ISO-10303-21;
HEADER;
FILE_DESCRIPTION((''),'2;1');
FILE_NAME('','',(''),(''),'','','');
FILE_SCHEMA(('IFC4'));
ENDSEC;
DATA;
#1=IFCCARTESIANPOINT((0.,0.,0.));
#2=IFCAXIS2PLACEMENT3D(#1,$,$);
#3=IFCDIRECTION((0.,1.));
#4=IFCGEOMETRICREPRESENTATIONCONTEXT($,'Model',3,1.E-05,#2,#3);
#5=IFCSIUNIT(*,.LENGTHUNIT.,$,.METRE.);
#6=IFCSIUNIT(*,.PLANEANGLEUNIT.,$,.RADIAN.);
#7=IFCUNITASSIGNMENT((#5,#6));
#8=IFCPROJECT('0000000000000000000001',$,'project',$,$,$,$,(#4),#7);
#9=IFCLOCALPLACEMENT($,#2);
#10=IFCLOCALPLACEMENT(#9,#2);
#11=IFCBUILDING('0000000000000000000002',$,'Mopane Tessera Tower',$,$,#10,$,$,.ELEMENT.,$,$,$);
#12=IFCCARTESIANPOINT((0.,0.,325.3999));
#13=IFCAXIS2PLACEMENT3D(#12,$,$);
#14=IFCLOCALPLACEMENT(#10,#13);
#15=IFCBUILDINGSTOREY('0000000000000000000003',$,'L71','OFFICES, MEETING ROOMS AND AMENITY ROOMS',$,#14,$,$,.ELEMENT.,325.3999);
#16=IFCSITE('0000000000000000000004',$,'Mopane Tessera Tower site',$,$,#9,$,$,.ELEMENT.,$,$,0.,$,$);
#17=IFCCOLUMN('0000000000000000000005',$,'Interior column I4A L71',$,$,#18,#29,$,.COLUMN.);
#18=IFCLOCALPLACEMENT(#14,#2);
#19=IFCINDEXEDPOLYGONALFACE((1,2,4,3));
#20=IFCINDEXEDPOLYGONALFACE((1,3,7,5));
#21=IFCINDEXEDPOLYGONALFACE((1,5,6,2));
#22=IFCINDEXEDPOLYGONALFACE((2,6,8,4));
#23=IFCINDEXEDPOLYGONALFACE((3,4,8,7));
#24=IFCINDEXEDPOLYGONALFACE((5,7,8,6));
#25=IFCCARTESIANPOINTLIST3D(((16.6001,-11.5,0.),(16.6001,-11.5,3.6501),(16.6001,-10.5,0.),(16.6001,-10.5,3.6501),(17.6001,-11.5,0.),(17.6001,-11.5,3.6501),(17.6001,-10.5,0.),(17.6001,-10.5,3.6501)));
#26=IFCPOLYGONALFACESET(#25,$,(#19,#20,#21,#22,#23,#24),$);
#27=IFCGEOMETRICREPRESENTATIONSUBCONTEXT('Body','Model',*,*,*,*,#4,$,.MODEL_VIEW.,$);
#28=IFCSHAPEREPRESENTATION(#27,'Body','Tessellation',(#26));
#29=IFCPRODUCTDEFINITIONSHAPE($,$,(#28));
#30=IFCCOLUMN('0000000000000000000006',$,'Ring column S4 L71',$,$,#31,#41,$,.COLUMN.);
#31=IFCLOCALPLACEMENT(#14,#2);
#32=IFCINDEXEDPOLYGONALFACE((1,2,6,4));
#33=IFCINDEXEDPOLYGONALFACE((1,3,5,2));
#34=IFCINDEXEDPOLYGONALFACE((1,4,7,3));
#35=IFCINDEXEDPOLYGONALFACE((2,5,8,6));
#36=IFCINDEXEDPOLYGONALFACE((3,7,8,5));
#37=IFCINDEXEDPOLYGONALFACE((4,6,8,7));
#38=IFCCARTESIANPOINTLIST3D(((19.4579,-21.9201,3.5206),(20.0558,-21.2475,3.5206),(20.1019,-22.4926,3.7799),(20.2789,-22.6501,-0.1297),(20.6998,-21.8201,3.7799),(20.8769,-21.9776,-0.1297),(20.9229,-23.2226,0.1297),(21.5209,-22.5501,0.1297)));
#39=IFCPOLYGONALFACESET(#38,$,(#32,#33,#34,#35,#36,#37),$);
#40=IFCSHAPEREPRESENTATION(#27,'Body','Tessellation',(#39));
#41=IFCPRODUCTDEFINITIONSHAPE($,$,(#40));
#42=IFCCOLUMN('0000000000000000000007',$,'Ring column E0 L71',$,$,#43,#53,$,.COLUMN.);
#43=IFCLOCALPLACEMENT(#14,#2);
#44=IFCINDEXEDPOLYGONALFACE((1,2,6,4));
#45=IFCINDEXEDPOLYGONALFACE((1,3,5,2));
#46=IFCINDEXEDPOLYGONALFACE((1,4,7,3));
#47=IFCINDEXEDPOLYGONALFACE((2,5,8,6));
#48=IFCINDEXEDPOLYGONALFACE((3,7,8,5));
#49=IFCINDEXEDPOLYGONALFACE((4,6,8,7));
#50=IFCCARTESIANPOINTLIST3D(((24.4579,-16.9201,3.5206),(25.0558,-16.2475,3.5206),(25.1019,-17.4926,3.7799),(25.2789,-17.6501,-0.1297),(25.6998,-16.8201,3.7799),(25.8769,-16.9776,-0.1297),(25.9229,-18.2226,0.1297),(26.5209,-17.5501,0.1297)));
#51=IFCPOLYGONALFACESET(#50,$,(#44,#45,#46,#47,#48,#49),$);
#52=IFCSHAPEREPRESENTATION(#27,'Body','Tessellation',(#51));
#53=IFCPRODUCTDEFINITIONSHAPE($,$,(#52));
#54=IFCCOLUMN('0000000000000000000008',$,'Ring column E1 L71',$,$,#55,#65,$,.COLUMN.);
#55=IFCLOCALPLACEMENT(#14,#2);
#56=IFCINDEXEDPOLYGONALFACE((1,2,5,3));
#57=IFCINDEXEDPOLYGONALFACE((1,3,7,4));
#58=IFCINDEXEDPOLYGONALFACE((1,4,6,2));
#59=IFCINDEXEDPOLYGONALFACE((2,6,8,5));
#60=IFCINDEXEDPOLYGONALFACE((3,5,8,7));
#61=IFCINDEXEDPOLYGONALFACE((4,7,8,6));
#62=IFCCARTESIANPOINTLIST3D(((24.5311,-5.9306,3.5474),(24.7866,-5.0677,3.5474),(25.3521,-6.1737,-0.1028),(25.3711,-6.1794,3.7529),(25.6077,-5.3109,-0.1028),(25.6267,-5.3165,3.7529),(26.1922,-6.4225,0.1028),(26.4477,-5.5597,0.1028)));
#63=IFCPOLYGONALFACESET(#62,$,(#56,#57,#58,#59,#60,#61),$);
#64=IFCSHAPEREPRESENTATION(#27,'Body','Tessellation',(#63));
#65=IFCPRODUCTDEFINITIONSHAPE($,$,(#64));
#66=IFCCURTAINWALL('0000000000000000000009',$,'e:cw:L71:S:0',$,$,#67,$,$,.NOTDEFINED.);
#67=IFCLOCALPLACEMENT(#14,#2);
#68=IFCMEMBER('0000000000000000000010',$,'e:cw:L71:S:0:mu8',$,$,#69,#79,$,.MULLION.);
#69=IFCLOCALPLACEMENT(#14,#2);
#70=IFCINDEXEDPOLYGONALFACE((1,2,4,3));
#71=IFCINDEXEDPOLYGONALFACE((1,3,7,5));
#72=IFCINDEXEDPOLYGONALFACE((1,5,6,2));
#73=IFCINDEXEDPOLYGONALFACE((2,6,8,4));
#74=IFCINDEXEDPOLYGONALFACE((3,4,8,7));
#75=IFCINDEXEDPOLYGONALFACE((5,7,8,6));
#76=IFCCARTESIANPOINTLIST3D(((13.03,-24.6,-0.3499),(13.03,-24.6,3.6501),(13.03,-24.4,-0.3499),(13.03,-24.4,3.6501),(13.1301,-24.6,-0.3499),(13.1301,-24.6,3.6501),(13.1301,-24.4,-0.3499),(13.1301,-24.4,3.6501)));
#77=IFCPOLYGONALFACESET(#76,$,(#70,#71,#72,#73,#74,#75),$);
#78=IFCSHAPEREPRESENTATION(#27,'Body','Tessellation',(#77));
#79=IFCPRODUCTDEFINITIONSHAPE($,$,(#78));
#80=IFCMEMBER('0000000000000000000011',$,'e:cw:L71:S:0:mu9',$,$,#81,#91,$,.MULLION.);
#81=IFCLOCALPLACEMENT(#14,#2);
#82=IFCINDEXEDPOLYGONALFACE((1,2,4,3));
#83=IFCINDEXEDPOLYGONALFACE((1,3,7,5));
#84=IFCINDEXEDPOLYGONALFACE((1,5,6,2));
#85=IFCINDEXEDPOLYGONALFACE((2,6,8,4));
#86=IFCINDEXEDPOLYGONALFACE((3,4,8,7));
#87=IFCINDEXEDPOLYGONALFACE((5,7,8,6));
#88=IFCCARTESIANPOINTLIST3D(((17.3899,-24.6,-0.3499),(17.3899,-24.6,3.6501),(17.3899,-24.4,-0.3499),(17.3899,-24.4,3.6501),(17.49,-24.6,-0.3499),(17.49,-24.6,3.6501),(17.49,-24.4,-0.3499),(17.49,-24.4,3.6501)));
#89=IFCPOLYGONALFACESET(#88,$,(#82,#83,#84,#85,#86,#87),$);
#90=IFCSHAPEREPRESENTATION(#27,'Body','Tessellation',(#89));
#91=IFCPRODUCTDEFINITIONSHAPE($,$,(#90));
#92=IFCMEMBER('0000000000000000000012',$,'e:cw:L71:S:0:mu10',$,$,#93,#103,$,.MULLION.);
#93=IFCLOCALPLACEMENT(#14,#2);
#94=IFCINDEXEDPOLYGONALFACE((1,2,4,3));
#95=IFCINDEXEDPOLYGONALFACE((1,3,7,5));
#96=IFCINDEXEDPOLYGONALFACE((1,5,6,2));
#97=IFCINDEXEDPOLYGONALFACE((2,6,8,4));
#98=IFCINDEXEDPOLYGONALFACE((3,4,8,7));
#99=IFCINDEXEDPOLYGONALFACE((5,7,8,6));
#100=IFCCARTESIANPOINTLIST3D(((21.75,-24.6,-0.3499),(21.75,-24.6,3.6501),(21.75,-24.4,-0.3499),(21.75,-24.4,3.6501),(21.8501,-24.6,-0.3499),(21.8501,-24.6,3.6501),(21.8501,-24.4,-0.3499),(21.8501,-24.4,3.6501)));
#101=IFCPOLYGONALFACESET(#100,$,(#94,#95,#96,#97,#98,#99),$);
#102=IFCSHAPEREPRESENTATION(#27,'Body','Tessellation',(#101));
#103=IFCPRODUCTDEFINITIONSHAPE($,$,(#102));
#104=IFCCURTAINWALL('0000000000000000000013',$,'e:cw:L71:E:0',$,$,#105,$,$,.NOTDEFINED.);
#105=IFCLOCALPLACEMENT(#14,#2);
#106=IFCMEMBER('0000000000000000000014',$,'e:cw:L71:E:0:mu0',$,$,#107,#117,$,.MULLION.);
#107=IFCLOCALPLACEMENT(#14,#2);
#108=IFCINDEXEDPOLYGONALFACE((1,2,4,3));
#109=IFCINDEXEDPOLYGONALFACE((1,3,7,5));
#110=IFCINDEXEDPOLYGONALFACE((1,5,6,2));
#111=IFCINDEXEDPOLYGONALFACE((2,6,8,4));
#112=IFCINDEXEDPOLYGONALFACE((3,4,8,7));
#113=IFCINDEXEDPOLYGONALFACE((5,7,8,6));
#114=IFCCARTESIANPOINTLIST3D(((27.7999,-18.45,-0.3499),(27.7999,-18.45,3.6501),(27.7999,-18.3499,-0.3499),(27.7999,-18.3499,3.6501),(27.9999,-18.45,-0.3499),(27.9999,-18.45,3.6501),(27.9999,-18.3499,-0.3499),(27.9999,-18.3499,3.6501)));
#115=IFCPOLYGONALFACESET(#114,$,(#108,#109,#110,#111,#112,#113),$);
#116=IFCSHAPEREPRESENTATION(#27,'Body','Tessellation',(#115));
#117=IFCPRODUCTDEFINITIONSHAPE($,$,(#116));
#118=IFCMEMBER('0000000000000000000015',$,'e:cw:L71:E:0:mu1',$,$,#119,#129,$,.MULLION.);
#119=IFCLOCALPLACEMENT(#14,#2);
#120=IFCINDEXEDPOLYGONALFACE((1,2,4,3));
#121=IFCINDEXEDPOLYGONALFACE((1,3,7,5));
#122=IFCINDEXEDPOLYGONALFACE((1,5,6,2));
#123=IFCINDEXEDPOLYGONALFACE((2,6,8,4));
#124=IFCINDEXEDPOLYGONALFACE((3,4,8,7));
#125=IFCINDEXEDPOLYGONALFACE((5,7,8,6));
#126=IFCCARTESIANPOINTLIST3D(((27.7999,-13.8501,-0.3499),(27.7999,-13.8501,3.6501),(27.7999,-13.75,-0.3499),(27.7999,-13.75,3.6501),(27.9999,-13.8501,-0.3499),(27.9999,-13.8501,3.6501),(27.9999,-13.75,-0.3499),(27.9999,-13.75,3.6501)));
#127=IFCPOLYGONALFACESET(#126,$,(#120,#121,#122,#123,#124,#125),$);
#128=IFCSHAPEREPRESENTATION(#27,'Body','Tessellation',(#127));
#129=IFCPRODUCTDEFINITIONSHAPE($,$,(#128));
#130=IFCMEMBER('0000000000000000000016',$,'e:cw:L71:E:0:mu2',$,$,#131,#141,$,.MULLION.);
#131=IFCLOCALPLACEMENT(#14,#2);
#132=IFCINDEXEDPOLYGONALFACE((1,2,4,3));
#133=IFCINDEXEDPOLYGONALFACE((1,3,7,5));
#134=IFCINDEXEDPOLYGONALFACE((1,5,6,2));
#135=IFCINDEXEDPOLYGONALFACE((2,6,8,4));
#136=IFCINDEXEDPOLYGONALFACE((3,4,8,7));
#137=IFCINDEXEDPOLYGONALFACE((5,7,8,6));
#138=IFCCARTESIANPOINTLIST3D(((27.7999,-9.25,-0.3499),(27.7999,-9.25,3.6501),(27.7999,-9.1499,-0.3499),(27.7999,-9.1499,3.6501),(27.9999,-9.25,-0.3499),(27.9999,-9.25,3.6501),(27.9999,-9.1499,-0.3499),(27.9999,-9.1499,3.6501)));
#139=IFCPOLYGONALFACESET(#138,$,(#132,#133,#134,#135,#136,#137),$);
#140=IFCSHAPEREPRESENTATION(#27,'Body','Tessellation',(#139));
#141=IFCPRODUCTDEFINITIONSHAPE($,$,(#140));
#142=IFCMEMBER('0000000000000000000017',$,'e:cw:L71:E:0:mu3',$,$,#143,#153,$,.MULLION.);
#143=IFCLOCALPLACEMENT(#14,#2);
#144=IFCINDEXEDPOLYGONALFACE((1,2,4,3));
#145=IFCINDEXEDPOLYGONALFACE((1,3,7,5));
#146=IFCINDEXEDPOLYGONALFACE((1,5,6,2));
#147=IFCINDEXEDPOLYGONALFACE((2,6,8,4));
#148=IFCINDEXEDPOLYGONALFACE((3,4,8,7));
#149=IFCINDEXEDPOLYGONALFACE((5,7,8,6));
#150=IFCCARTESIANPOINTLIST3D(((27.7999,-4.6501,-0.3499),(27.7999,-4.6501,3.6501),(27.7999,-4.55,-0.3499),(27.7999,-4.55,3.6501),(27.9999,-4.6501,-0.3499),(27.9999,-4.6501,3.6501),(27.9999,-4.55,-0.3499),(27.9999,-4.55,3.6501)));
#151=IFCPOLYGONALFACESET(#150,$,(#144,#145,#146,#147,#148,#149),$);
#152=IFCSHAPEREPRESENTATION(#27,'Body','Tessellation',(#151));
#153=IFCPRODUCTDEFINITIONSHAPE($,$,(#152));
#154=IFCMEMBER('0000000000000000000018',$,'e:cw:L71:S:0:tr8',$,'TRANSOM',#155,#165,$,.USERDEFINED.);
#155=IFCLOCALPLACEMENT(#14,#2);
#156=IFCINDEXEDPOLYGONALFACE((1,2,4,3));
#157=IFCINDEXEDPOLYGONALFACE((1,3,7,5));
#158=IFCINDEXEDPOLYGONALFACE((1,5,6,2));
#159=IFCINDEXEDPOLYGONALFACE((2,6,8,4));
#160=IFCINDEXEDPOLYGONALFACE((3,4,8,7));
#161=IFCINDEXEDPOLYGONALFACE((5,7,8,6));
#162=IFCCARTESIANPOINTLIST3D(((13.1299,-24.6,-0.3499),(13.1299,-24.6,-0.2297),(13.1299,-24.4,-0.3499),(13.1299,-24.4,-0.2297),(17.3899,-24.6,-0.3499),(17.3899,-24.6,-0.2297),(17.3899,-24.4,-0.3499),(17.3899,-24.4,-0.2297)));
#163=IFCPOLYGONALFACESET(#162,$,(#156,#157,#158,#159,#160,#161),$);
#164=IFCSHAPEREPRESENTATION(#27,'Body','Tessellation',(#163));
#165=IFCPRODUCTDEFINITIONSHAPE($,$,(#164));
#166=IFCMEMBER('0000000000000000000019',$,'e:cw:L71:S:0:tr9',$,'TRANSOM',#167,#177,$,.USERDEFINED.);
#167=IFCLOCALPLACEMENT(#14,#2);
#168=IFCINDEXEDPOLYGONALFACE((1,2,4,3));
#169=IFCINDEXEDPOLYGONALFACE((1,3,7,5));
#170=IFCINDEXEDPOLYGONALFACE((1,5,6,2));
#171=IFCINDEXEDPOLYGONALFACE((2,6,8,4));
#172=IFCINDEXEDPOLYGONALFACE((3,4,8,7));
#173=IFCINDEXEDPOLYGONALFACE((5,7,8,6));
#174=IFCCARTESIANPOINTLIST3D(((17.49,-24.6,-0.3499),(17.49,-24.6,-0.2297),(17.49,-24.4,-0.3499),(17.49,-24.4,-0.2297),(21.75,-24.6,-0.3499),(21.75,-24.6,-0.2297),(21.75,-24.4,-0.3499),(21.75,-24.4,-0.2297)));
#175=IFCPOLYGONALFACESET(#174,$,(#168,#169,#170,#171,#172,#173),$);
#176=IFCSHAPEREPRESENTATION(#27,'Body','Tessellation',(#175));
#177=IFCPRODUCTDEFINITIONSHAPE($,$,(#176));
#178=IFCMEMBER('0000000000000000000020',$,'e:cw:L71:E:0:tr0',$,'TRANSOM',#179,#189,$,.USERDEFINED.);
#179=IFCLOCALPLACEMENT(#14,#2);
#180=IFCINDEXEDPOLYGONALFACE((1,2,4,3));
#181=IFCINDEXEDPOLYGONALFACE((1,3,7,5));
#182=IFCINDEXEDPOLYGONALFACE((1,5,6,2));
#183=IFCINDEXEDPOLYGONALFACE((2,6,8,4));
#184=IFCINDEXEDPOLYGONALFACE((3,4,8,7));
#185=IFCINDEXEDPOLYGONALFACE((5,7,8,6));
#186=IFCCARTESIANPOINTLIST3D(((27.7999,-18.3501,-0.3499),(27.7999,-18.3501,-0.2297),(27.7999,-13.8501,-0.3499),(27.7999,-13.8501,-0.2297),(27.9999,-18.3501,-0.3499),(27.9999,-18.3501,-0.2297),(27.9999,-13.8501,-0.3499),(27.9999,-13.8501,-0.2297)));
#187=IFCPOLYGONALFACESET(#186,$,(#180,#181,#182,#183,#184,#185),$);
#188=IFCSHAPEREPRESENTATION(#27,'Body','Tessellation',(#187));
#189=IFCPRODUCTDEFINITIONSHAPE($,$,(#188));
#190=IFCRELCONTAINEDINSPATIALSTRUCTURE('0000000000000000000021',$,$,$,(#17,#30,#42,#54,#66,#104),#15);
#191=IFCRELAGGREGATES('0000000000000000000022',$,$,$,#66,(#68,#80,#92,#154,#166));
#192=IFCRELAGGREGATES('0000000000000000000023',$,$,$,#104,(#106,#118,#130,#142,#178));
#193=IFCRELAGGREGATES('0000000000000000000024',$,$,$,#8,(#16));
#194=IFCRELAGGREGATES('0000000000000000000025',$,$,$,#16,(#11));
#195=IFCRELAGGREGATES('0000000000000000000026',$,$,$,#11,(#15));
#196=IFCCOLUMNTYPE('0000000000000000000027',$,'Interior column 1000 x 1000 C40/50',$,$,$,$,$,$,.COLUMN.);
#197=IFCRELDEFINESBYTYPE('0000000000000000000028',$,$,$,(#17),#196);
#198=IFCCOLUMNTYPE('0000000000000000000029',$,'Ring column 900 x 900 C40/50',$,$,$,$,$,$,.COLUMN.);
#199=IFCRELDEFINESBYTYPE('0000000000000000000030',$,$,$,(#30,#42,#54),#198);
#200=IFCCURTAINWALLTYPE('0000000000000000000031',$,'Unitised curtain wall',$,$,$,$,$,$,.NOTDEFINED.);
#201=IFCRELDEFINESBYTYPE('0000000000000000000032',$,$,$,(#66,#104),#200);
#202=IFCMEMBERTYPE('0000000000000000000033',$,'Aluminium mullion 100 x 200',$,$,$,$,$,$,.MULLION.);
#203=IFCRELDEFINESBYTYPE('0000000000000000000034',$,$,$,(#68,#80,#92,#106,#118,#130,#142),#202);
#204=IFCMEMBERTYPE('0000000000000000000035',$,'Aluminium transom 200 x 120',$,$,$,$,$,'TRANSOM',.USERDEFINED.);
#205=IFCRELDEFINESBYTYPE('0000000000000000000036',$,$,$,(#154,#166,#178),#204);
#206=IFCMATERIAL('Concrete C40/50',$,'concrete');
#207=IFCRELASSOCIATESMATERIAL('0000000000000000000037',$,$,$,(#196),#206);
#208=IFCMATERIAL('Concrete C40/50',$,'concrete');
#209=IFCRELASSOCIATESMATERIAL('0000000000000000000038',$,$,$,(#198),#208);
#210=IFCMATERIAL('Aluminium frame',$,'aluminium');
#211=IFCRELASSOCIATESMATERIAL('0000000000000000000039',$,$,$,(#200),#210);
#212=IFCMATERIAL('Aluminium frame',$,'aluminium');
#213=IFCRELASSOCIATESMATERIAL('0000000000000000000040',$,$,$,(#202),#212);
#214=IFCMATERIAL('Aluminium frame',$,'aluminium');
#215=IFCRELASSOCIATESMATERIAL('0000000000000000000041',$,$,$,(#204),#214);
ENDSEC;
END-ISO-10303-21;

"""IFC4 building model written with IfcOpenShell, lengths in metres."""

from ifc_helpers import new_model, si_unit, direction, frame, origin, origin_2d, place, context, subcontext, project, spatial, rectangle, extrude, material, material_profile, profile_set, type_object, element, aggregate, save


model = new_model("IFC4")

# Units and contexts
model_context = context("Model", 3, precision=1e-05, world=origin(), true_north=direction((0.0, 1.0)))
body_context = subcontext(model_context, "Body", "Model", "MODEL_VIEW")
ifc_project = project(units=[si_unit("LENGTHUNIT", "METRE"), si_unit("PLANEANGLEUNIT", "RADIAN")], contexts=[model_context])

# Site, building, storey
site_placement = place(None, origin())
site = spatial("IfcSite", under=ifc_project, at=site_placement, Name="Mopane Tessera Tower site", CompositionType="ELEMENT", RefElevation=0.0)
building_placement = place(site_placement, origin())
building = spatial("IfcBuilding", under=site, at=building_placement, Name="Mopane Tessera Tower", CompositionType="ELEMENT")
storey_placement = place(building_placement, frame((0.0, 0.0, 325.3999)))
storey = spatial("IfcBuildingStorey", under=building, at=storey_placement, Name="L71", Description="OFFICES, MEETING ROOMS AND AMENITY ROOMS", CompositionType="ELEMENT", Elevation=325.3999)

# Columns
ifc_material_1 = material(Name="Concrete C40/50", Category="concrete")
ifc_material_profile_1 = material_profile(ifc_material_1, rectangle(XDim=1.0, YDim=1.0, at=origin_2d()))
ifc_profile_set_1 = profile_set([ifc_material_profile_1], Name="Concrete C40/50")
column_type_1 = type_object("IfcColumnType", Name="Interior column 1000 x 1000 C40/50", PredefinedType="COLUMN", material=ifc_profile_set_1)
column_1_placement = place(storey_placement, frame((17.1001, -11.0, 0.0), z_axis=(0.0, 0.0, 1.0), x_axis=(1.0, 0.0, 0.0)))
element("IfcColumn", 1, at=column_1_placement, inside=storey, type_object=column_type_1, Name="Interior column I4A L71", PredefinedType="COLUMN", context=body_context, shape_type="SweptSolid", body=[
    extrude(rectangle(XDim=1.0, YDim=1.0, at=origin_2d()), origin(), (0.0, 0.0, 1.0), 3.6501),
])
ifc_material_2 = material(Name="Concrete C40/50", Category="concrete")
ifc_material_profile_2 = material_profile(ifc_material_2, rectangle(XDim=0.8999, YDim=0.8999, at=origin_2d()))
ifc_profile_set_2 = profile_set([ifc_material_profile_2], Name="Concrete C40/50")
column_type_2 = type_object("IfcColumnType", Name="Ring column 900 x 900 C40/50", PredefinedType="COLUMN", material=ifc_profile_set_2)
for number, where, z_axis, x_axis, name in (
    (2, (20.8999, -22.6001, 0.0), (-0.21539, 0.191501, 0.957567), (-0.664447, -0.747336, 0.0), "Ring column S4 L71"),
    (3, (25.8999, -17.6001, 0.0), (-0.21539, 0.191501, 0.957567), (-0.664447, -0.747336, 0.0), "Ring column E0 L71"),
):
    element("IfcColumn", number, at=place(storey_placement, frame(where, z_axis=z_axis, x_axis=x_axis)), inside=storey, type_object=column_type_2, Name=name, PredefinedType="COLUMN", context=body_context, shape_type="SweptSolid", body=[
        extrude(rectangle(XDim=0.8999, YDim=0.8999, at=origin_2d()), origin(), (0.0, 0.0, 1.0), 3.812),
    ])
column_2_placement = place(storey_placement, frame((25.8999, -5.8667, 0.0), z_axis=(-0.21899, 0.064857, 0.973569), x_axis=(-0.283972, -0.958833, 0.0)))
element("IfcColumn", 4, at=column_2_placement, inside=storey, type_object=column_type_2, Name="Ring column E1 L71", PredefinedType="COLUMN", context=body_context, shape_type="SweptSolid", body=[
    extrude(rectangle(XDim=0.8999, YDim=0.8999, at=origin_2d()), origin(), (0.0, 0.0, 1.0), 3.7493),
])

# Curtain walls, members
ifc_material_3 = material(Name="Aluminium frame", Category="aluminium")
curtain_wall_type = type_object("IfcCurtainWallType", Name="Unitised curtain wall", PredefinedType="NOTDEFINED", material=ifc_material_3)
curtain_wall_1_placement = place(storey_placement, origin())
curtain_wall_1 = element("IfcCurtainWall", 5, at=curtain_wall_1_placement, inside=storey, type_object=curtain_wall_type, Name="e:cw:L71:S:0", PredefinedType="NOTDEFINED")
ifc_material_4 = material(Name="Aluminium frame", Category="aluminium")
ifc_material_profile_3 = material_profile(ifc_material_4, rectangle(XDim=0.1001, YDim=0.2, at=origin_2d()))
ifc_profile_set_3 = profile_set([ifc_material_profile_3], Name="Aluminium frame")
member_type_1 = type_object("IfcMemberType", Name="Aluminium mullion 100 x 200", PredefinedType="MULLION", material=ifc_profile_set_3)
member_1_placement = place(storey_placement, frame((13.0801, -24.5, -0.3499), z_axis=(0.0, 0.0, 1.0), x_axis=(1.0, 0.0, 0.0)))
member_1 = element("IfcMember", 6, at=member_1_placement, type_object=member_type_1, Name="e:cw:L71:S:0:mu8", PredefinedType="MULLION", context=body_context, shape_type="SweptSolid", body=[
    extrude(rectangle(XDim=0.1001, YDim=0.2, at=origin_2d()), origin(), (0.0, 0.0, 1.0), 4.0),
])
member_2_placement = place(storey_placement, frame((17.4399, -24.5, -0.3499), z_axis=(0.0, 0.0, 1.0), x_axis=(1.0, 0.0, 0.0)))
member_2 = element("IfcMember", 7, at=member_2_placement, type_object=member_type_1, Name="e:cw:L71:S:0:mu9", PredefinedType="MULLION", context=body_context, shape_type="SweptSolid", body=[
    extrude(rectangle(XDim=0.1001, YDim=0.2, at=origin_2d()), origin(), (0.0, 0.0, 1.0), 4.0),
])
member_3_placement = place(storey_placement, frame((21.8, -24.5, -0.3499), z_axis=(0.0, 0.0, 1.0), x_axis=(1.0, 0.0, 0.0)))
member_3 = element("IfcMember", 8, at=member_3_placement, type_object=member_type_1, Name="e:cw:L71:S:0:mu10", PredefinedType="MULLION", context=body_context, shape_type="SweptSolid", body=[
    extrude(rectangle(XDim=0.1001, YDim=0.2, at=origin_2d()), origin(), (0.0, 0.0, 1.0), 4.0),
])
curtain_wall_2_placement = place(storey_placement, origin())
curtain_wall_2 = element("IfcCurtainWall", 9, at=curtain_wall_2_placement, inside=storey, type_object=curtain_wall_type, Name="e:cw:L71:E:0", PredefinedType="NOTDEFINED")
member_4_placement = place(storey_placement, frame((27.8999, -18.3999, -0.3499), z_axis=(0.0, 0.0, 1.0), x_axis=(0.0, 1.0, 0.0)))
member_4 = element("IfcMember", 10, at=member_4_placement, type_object=member_type_1, Name="e:cw:L71:E:0:mu0", PredefinedType="MULLION", context=body_context, shape_type="SweptSolid", body=[
    extrude(rectangle(XDim=0.1001, YDim=0.2, at=origin_2d()), origin(), (0.0, 0.0, 1.0), 4.0),
])
member_5_placement = place(storey_placement, frame((27.8999, -13.8, -0.3499), z_axis=(0.0, 0.0, 1.0), x_axis=(0.0, 1.0, 0.0)))
member_5 = element("IfcMember", 11, at=member_5_placement, type_object=member_type_1, Name="e:cw:L71:E:0:mu1", PredefinedType="MULLION", context=body_context, shape_type="SweptSolid", body=[
    extrude(rectangle(XDim=0.1001, YDim=0.2, at=origin_2d()), origin(), (0.0, 0.0, 1.0), 4.0),
])
member_6_placement = place(storey_placement, frame((27.8999, -9.2, -0.3499), z_axis=(0.0, 0.0, 1.0), x_axis=(0.0, 1.0, 0.0)))
member_6 = element("IfcMember", 12, at=member_6_placement, type_object=member_type_1, Name="e:cw:L71:E:0:mu2", PredefinedType="MULLION", context=body_context, shape_type="SweptSolid", body=[
    extrude(rectangle(XDim=0.1001, YDim=0.2, at=origin_2d()), origin(), (0.0, 0.0, 1.0), 4.0),
])
member_7_placement = place(storey_placement, frame((27.8999, -4.6001, -0.3499), z_axis=(0.0, 0.0, 1.0), x_axis=(0.0, 1.0, 0.0)))
member_7 = element("IfcMember", 13, at=member_7_placement, type_object=member_type_1, Name="e:cw:L71:E:0:mu3", PredefinedType="MULLION", context=body_context, shape_type="SweptSolid", body=[
    extrude(rectangle(XDim=0.1001, YDim=0.2, at=origin_2d()), origin(), (0.0, 0.0, 1.0), 4.0),
])

# Members
ifc_material_5 = material(Name="Aluminium frame", Category="aluminium")
ifc_material_profile_4 = material_profile(ifc_material_5, rectangle(XDim=0.2, YDim=0.1201, at=origin_2d()))
ifc_profile_set_4 = profile_set([ifc_material_profile_4], Name="Aluminium frame")
member_type_2 = type_object("IfcMemberType", Name="Aluminium transom 200 x 120", ElementType="TRANSOM", PredefinedType="USERDEFINED", material=ifc_profile_set_4)
member_8_placement = place(storey_placement, frame((13.1299, -24.5, -0.2898), z_axis=(1.0, 0.0, 0.0), x_axis=(0.0, 1.0, 0.0)))
member_8 = element("IfcMember", 14, at=member_8_placement, type_object=member_type_2, Name="e:cw:L71:S:0:tr8", ObjectType="TRANSOM", PredefinedType="USERDEFINED", context=body_context, shape_type="SweptSolid", body=[
    extrude(rectangle(XDim=0.2, YDim=0.1201, at=origin_2d()), origin(), (0.0, 0.0, 1.0), 4.26),
])
member_9_placement = place(storey_placement, frame((17.49, -24.5, -0.2898), z_axis=(1.0, 0.0, 0.0), x_axis=(0.0, 1.0, 0.0)))
member_9 = element("IfcMember", 15, at=member_9_placement, type_object=member_type_2, Name="e:cw:L71:S:0:tr9", ObjectType="TRANSOM", PredefinedType="USERDEFINED", context=body_context, shape_type="SweptSolid", body=[
    extrude(rectangle(XDim=0.2, YDim=0.1201, at=origin_2d()), origin(), (0.0, 0.0, 1.0), 4.26),
])
member_10_placement = place(storey_placement, frame((27.8999, -18.3501, -0.2898), z_axis=(0.0, 1.0, 0.0), x_axis=(-1.0, 0.0, 0.0)))
member_10 = element("IfcMember", 16, at=member_10_placement, type_object=member_type_2, Name="e:cw:L71:E:0:tr0", ObjectType="TRANSOM", PredefinedType="USERDEFINED", context=body_context, shape_type="SweptSolid", body=[
    extrude(rectangle(XDim=0.2, YDim=0.1201, at=origin_2d()), origin(), (0.0, 0.0, 1.0), 4.5),
])

aggregate(curtain_wall_1, [member_1, member_2, member_3, member_8, member_9])
aggregate(curtain_wall_2, [member_4, member_5, member_6, member_7, member_10])

save(model, "model.ifc")
